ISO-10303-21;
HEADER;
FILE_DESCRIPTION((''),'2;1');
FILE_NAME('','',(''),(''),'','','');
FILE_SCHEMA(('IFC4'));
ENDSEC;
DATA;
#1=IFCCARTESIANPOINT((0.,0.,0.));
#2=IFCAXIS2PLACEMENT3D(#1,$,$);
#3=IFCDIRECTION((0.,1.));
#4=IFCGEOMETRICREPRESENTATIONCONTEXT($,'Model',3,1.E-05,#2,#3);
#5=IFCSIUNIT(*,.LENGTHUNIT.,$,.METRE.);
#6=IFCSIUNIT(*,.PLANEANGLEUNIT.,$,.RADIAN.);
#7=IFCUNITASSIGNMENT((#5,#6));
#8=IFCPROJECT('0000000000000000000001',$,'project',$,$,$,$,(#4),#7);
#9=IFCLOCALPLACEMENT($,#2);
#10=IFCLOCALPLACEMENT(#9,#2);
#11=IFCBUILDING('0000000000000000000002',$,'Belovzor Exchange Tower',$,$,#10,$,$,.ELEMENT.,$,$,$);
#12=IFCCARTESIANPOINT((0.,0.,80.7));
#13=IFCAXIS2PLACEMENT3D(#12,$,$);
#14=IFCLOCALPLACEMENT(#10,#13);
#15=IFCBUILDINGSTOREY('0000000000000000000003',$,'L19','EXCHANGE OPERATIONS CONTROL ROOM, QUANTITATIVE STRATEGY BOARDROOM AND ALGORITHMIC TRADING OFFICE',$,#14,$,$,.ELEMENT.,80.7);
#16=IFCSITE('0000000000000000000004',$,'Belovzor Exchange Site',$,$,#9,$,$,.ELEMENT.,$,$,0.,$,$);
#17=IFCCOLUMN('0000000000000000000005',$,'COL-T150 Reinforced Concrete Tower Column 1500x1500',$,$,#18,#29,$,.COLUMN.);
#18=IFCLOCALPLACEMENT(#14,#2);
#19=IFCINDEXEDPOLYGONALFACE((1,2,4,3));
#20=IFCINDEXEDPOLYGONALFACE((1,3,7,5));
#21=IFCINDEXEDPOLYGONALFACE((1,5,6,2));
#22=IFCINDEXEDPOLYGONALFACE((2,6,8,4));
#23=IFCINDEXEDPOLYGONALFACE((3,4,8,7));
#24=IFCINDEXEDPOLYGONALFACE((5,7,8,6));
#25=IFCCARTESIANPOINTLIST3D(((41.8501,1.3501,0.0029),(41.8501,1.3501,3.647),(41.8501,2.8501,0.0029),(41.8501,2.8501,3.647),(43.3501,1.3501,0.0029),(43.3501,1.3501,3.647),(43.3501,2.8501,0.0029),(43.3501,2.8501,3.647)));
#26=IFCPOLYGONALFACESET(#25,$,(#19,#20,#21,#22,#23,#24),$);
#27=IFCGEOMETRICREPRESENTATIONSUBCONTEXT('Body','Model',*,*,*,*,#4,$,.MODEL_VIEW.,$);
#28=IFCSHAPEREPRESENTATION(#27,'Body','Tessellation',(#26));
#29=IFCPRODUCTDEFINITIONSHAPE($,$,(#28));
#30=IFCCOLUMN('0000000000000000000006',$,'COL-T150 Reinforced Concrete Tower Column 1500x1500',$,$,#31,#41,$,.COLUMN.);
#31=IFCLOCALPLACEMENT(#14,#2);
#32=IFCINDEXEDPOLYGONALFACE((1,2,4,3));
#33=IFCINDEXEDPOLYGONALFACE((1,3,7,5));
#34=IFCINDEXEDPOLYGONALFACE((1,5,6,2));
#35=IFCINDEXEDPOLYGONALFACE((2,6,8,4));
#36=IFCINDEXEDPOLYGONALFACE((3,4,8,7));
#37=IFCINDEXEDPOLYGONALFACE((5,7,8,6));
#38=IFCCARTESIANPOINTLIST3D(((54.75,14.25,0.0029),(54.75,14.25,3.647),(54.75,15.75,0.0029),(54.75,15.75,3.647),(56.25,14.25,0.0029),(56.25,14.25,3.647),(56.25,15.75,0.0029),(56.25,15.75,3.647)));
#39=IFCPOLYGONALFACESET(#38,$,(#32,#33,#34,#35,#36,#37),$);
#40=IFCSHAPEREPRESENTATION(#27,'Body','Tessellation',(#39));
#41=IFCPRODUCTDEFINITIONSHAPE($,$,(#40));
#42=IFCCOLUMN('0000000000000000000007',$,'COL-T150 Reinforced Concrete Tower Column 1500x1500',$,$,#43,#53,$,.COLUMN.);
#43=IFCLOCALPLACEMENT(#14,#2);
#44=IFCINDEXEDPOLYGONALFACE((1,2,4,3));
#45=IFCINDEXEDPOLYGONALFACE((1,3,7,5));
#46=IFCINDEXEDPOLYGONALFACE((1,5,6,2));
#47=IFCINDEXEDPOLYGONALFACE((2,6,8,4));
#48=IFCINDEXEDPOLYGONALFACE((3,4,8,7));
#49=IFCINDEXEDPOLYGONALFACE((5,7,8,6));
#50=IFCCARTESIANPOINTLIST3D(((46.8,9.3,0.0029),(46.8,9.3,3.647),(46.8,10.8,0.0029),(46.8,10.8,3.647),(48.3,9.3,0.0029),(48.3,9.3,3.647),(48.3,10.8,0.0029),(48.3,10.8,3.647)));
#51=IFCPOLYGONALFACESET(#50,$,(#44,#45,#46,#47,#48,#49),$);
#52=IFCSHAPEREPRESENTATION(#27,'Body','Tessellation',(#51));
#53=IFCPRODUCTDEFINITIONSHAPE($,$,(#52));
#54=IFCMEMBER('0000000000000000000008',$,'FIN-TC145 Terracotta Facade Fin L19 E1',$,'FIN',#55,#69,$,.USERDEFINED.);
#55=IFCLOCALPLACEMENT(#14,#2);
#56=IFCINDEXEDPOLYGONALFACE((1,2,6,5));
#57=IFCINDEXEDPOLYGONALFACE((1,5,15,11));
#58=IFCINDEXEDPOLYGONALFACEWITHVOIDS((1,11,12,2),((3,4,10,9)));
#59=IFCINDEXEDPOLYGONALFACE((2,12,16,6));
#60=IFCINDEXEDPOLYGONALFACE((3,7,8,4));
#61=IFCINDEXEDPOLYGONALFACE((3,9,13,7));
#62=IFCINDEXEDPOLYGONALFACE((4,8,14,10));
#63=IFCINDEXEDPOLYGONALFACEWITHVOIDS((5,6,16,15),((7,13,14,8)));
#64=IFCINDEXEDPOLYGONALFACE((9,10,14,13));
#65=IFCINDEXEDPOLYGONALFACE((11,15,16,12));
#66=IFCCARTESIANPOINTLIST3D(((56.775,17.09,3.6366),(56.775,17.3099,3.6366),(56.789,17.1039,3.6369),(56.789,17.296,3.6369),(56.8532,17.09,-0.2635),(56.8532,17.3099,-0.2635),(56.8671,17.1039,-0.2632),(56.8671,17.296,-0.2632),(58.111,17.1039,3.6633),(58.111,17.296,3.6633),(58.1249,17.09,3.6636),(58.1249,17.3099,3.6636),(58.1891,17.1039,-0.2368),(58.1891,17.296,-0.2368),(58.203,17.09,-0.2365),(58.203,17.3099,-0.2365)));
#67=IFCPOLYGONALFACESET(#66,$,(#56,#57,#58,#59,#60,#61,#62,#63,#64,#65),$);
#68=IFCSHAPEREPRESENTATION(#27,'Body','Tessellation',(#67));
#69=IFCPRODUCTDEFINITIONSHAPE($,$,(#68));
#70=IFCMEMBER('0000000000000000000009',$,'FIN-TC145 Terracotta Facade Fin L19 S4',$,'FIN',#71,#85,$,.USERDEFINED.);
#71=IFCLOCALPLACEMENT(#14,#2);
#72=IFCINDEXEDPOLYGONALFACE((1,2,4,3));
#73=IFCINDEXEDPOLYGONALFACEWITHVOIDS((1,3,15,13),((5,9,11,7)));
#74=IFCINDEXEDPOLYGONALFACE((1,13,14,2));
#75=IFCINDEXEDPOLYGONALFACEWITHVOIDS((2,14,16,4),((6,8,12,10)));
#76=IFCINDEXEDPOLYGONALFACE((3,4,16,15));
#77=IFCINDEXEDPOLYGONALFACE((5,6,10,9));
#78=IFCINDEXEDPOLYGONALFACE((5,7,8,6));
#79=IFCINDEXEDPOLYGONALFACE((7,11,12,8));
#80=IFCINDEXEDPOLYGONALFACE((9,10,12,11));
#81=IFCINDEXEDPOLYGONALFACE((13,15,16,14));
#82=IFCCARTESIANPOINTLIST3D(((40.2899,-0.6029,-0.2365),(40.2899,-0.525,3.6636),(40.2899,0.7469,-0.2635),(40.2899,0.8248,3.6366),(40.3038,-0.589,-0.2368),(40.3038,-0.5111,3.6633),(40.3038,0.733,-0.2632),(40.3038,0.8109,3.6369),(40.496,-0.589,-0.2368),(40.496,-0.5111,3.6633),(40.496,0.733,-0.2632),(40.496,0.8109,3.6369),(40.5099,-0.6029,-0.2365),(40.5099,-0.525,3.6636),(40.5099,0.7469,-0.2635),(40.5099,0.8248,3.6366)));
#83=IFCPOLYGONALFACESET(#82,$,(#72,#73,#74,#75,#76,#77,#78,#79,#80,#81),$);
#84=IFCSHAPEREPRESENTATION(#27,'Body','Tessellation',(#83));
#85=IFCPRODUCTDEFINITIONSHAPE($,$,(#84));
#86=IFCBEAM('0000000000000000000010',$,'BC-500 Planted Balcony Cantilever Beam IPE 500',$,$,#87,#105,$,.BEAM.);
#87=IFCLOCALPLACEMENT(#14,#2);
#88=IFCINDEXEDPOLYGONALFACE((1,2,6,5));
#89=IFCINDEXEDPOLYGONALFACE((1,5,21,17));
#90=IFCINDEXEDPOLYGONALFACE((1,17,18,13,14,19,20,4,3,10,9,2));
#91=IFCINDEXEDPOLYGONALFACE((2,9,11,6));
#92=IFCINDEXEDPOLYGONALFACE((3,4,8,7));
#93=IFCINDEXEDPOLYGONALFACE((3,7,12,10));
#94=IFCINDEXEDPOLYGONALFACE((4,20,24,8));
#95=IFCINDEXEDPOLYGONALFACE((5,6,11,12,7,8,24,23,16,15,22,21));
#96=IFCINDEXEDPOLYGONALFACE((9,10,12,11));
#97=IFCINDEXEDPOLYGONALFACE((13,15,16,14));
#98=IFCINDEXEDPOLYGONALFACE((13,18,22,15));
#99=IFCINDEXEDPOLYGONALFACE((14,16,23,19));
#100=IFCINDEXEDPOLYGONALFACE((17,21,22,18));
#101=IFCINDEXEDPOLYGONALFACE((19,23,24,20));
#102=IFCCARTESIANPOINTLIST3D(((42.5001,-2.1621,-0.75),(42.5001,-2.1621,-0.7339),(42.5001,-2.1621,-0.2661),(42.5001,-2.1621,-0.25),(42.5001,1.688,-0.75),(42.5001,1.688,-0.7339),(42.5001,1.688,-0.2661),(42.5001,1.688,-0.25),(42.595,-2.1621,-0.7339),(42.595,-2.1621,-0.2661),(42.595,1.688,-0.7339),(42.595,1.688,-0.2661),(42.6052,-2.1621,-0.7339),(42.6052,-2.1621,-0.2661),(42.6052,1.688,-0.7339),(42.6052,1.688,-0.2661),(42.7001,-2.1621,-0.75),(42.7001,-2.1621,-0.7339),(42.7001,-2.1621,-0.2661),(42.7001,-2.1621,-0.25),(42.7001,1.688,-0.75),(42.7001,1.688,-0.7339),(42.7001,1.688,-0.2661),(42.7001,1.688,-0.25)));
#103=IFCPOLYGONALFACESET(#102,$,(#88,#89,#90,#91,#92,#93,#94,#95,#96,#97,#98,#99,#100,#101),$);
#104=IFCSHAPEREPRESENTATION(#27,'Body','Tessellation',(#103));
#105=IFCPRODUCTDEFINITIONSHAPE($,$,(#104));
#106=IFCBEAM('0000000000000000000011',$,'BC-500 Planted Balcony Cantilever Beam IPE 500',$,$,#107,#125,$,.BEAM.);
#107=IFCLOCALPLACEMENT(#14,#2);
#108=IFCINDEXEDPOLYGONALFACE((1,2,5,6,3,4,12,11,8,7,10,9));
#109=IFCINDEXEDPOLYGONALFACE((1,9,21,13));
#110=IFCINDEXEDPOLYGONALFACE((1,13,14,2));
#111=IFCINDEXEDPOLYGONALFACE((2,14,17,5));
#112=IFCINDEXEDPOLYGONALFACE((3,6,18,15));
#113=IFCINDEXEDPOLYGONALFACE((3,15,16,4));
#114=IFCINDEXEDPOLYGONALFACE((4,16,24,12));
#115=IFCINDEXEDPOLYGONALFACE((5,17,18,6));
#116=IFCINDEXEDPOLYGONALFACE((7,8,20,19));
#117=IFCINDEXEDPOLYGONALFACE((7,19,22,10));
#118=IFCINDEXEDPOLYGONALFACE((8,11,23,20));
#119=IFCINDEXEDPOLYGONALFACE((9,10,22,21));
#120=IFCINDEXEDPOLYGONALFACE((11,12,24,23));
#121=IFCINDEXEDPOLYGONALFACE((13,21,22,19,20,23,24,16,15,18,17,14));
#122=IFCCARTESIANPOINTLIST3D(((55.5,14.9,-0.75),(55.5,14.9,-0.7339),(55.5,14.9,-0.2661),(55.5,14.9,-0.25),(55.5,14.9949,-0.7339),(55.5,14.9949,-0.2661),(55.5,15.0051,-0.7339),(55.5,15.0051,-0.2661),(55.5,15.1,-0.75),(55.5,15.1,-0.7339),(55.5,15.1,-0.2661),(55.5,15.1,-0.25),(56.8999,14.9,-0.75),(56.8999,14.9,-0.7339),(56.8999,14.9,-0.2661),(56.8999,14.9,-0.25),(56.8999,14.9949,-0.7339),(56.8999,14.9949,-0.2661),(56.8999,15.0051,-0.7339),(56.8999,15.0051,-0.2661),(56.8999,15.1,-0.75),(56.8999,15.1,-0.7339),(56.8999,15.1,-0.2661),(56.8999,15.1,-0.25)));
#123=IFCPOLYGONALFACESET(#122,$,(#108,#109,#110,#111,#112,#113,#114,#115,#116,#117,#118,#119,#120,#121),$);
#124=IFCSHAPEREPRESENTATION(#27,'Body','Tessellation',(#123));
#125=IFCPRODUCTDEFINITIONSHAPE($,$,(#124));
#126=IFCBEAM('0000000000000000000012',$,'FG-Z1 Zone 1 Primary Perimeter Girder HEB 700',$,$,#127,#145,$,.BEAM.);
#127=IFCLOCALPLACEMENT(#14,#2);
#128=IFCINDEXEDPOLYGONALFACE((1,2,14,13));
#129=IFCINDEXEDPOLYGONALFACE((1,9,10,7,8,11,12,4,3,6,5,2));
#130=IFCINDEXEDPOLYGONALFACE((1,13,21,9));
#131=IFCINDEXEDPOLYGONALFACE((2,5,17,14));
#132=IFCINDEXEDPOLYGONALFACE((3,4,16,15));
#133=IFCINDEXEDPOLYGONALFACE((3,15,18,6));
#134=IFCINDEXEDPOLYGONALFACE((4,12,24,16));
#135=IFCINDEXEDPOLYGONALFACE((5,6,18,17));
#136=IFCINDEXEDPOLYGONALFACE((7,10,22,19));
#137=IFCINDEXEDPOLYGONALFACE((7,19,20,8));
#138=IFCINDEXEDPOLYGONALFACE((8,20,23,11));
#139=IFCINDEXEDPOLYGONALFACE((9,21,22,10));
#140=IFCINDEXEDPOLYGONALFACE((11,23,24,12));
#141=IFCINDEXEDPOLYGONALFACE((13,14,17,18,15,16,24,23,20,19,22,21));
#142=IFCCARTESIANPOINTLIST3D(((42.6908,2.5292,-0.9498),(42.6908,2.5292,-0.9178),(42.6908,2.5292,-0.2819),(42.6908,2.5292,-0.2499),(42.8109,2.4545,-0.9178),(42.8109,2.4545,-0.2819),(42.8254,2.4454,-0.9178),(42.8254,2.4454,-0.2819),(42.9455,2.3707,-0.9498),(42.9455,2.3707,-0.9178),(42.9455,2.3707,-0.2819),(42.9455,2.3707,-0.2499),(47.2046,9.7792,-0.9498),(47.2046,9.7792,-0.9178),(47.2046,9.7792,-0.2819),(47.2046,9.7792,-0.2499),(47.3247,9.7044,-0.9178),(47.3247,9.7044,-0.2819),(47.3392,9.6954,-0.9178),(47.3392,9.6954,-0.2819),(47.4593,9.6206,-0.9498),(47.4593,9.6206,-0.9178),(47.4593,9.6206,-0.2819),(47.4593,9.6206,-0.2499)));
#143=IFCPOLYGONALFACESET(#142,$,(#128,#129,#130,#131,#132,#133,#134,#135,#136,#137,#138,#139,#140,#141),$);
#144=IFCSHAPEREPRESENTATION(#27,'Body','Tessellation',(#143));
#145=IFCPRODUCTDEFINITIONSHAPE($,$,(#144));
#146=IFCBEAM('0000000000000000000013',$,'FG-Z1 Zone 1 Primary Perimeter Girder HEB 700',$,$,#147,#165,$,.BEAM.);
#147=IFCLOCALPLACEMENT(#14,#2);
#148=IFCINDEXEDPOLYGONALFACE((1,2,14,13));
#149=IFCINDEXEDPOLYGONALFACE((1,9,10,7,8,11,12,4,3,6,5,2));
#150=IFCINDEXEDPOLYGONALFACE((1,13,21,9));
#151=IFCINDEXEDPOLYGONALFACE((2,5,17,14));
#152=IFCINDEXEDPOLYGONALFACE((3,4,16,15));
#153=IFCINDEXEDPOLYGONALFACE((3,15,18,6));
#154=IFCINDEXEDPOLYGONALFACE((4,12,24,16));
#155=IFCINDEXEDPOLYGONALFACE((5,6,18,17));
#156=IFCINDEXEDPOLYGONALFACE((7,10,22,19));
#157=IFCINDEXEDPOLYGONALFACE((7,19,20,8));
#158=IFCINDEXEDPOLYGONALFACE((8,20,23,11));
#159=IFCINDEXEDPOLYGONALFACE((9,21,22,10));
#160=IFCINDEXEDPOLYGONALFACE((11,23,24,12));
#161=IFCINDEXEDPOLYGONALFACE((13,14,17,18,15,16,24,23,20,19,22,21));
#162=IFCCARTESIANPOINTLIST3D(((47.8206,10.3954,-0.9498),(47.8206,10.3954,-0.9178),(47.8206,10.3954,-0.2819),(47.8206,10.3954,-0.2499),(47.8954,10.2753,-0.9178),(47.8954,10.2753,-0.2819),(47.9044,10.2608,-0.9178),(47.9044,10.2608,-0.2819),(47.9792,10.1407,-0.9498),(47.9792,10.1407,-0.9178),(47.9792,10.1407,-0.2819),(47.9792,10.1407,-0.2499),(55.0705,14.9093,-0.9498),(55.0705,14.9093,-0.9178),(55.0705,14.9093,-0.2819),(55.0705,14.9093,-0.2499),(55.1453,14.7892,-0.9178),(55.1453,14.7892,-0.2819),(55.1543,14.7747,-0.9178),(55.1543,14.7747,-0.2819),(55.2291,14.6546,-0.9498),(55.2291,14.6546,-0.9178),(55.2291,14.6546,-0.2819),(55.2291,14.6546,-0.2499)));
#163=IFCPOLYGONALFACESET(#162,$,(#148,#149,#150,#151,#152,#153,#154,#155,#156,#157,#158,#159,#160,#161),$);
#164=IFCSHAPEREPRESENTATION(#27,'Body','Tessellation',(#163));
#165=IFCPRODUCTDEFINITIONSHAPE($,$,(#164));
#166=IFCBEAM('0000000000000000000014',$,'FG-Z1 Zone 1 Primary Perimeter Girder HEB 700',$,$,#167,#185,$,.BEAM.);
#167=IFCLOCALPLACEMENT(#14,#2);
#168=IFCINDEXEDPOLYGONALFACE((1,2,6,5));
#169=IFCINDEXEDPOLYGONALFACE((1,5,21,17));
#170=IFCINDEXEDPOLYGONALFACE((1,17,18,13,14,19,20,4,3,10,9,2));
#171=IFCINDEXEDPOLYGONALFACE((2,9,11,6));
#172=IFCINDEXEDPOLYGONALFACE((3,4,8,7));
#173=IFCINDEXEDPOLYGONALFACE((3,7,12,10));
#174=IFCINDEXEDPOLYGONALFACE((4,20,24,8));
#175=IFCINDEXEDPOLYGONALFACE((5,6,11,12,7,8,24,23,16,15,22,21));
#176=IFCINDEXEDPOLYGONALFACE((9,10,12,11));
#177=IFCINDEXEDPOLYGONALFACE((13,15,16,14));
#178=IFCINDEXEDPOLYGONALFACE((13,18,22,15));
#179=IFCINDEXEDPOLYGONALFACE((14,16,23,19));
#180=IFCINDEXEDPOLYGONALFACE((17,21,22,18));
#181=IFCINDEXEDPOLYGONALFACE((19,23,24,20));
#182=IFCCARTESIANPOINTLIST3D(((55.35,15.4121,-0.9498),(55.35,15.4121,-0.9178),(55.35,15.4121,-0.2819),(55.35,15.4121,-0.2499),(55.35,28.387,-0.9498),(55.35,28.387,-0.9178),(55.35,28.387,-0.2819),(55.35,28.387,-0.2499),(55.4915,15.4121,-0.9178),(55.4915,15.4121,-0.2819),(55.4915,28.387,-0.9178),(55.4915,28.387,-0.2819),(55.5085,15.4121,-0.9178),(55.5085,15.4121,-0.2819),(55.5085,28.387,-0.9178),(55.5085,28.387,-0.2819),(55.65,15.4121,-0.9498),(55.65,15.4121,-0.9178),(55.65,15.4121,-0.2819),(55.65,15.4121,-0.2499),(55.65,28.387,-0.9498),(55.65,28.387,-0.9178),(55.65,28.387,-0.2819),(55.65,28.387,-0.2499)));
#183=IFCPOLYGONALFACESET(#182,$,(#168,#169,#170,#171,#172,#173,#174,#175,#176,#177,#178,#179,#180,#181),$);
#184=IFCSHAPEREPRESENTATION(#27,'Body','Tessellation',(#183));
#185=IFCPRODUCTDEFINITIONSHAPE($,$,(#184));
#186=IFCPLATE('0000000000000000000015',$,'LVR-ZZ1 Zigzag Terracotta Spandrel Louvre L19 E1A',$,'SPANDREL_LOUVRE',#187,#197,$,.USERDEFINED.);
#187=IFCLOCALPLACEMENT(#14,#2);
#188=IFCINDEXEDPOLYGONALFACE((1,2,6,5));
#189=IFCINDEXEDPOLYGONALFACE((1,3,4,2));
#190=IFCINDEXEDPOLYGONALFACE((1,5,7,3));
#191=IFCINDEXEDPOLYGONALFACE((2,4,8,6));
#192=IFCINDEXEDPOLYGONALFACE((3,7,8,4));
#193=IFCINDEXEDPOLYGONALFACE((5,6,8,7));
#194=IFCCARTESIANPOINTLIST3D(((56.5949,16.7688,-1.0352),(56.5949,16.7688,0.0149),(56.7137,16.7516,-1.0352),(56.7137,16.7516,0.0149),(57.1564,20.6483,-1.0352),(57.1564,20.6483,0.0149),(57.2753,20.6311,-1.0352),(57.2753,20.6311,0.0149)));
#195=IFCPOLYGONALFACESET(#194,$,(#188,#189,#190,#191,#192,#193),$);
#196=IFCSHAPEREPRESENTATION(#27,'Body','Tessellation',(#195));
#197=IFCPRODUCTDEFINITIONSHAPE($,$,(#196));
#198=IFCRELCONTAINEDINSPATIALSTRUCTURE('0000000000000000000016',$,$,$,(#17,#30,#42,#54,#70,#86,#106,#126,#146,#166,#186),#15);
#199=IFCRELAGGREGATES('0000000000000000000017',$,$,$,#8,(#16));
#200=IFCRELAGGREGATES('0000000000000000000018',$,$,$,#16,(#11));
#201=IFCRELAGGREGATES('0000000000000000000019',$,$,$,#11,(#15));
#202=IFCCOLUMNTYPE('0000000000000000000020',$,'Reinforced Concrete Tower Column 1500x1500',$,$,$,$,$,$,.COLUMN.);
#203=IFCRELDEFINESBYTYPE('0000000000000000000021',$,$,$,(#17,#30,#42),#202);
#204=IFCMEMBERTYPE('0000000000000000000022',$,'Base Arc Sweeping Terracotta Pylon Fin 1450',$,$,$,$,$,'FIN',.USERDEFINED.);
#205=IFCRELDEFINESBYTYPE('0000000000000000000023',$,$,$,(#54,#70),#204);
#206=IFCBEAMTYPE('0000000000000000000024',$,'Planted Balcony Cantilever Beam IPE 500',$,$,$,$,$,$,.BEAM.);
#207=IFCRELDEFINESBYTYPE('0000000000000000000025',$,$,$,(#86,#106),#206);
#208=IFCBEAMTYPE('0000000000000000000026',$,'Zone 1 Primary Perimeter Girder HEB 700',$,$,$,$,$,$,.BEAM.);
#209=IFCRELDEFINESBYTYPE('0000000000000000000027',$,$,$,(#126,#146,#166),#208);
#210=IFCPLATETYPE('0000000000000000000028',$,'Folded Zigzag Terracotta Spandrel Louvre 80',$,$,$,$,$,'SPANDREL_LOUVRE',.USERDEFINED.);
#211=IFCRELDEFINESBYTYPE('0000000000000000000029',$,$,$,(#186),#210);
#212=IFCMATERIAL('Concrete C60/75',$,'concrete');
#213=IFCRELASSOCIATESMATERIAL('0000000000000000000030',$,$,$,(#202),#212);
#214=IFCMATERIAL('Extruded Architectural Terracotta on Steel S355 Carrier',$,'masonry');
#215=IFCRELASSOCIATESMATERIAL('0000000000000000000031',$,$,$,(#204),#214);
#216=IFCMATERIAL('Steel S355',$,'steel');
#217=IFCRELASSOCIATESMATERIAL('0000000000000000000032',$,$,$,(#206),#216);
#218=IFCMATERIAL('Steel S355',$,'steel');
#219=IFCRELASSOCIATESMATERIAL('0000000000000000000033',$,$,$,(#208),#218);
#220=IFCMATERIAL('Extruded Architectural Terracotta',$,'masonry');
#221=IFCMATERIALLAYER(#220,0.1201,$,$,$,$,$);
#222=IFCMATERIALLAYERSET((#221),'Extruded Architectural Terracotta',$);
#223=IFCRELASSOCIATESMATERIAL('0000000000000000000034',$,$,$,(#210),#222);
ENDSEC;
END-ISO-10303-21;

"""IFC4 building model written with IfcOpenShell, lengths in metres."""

from ifc_helpers import new_model, si_unit, direction, frame, origin, origin_2d, place, context, subcontext, project, spatial, rectangle, hollow_rectangle, i_section, extrude, material, layer, layer_set, material_profile, profile_set, type_object, element, save


model = new_model("IFC4")

# Units and contexts
model_context = context("Model", 3, precision=1e-05, world=origin(), true_north=direction((0.0, 1.0)))
body_context = subcontext(model_context, "Body", "Model", "MODEL_VIEW")
ifc_project = project(units=[si_unit("LENGTHUNIT", "METRE"), si_unit("PLANEANGLEUNIT", "RADIAN")], contexts=[model_context])

# Site, building, storey
site_placement = place(None, origin())
site = spatial("IfcSite", under=ifc_project, at=site_placement, Name="Belovzor Exchange Site", CompositionType="ELEMENT", RefElevation=0.0)
building_placement = place(site_placement, origin())
building = spatial("IfcBuilding", under=site, at=building_placement, Name="Belovzor Exchange Tower", CompositionType="ELEMENT")
storey_placement = place(building_placement, frame((0.0, 0.0, 80.7)))
storey = spatial("IfcBuildingStorey", under=building, at=storey_placement, Name="L19", Description="EXCHANGE OPERATIONS CONTROL ROOM, QUANTITATIVE STRATEGY BOARDROOM AND ALGORITHMIC TRADING OFFICE", CompositionType="ELEMENT", Elevation=80.7)

# Columns
ifc_material_1 = material(Name="Concrete C60/75", Category="concrete")
ifc_material_profile_1 = material_profile(ifc_material_1, rectangle(XDim=1.5, YDim=1.5, at=origin_2d()))
ifc_profile_set_1 = profile_set([ifc_material_profile_1], Name="Concrete C60/75")
column_type = type_object("IfcColumnType", Name="Reinforced Concrete Tower Column 1500x1500", PredefinedType="COLUMN", material=ifc_profile_set_1)
for number, where, z_axis, x_axis, name in (
    (1, (42.6001, 2.1001, 0.0029), (0.0, 0.0, 1.0), (1.0, 0.0, 0.0), "COL-T150 Reinforced Concrete Tower Column 1500x1500"),
    (2, (55.5, 15.0, 0.0029), (0.0, 0.0, 1.0), (1.0, 0.0, 0.0), "COL-T150 Reinforced Concrete Tower Column 1500x1500"),
    (3, (47.55, 10.05, 0.0029), (0.0, 0.0, 1.0), (1.0, 0.0, 0.0), "COL-T150 Reinforced Concrete Tower Column 1500x1500"),
):
    element("IfcColumn", number, at=place(storey_placement, frame(where, z_axis=z_axis, x_axis=x_axis)), inside=storey, type_object=column_type, Name=name, PredefinedType="COLUMN", context=body_context, shape_type="SweptSolid", body=[
        extrude(rectangle(XDim=1.5, YDim=1.5, at=origin_2d()), origin(), (0.0, 0.0, 1.0), 3.644),
    ])

# Members
ifc_material_2 = material(Name="Extruded Architectural Terracotta on Steel S355 Carrier", Category="masonry")
ifc_material_profile_2 = material_profile(ifc_material_2, hollow_rectangle(XDim=0.22, YDim=1.3501, WallThickness=0.0139, at=origin_2d()))
ifc_profile_set_2 = profile_set([ifc_material_profile_2], Name="Extruded Architectural Terracotta on Steel S355 Carrier")
member_type = type_object("IfcMemberType", Name="Base Arc Sweeping Terracotta Pylon Fin 1450", ElementType="FIN", PredefinedType="USERDEFINED", material=ifc_profile_set_2)
for number, where, z_axis, x_axis, name in (
    (4, (57.5281, 17.2, -0.25), (-0.020027, 0.0, 0.999799), (0.0, -1.0, 0.0), "FIN-TC145 Terracotta Facade Fin L19 E1"),
    (5, (40.3999, 0.072, -0.25), (0.0, 0.019965, 0.999801), (-1.0, 0.0, 0.0), "FIN-TC145 Terracotta Facade Fin L19 S4"),
):
    element("IfcMember", number, at=place(storey_placement, frame(where, z_axis=z_axis, x_axis=x_axis)), inside=storey, type_object=member_type, Name=name, ObjectType="FIN", PredefinedType="USERDEFINED", context=body_context, shape_type="SweptSolid", body=[
        extrude(hollow_rectangle(XDim=0.22, YDim=1.3501, WallThickness=0.0139, at=origin_2d()), origin(), (0.0, 0.0, 1.0), 3.9009),
    ])

# Beams
ifc_material_3 = material(Name="Steel S355", Category="steel")
ifc_material_profile_3 = material_profile(ifc_material_3, i_section(OverallWidth=0.2, OverallDepth=0.5, WebThickness=0.0103, FlangeThickness=0.0161, at=origin_2d()))
ifc_profile_set_3 = profile_set([ifc_material_profile_3], Name="Steel S355")
beam_type_1 = type_object("IfcBeamType", Name="Planted Balcony Cantilever Beam IPE 500", PredefinedType="BEAM", material=ifc_profile_set_3)
beam_1_placement = place(storey_placement, frame((42.6001, 1.688, -0.5), z_axis=(0.0, -1.0, 0.0), x_axis=(1.0, 0.0, 0.0)))
element("IfcBeam", 6, at=beam_1_placement, inside=storey, type_object=beam_type_1, Name="BC-500 Planted Balcony Cantilever Beam IPE 500", PredefinedType="BEAM", context=body_context, shape_type="SweptSolid", body=[
    extrude(i_section(OverallWidth=0.2, OverallDepth=0.5, WebThickness=0.0103, FlangeThickness=0.0161, at=origin_2d()), origin(), (0.0, 0.0, 1.0), 3.8501),
])
beam_2_placement = place(storey_placement, frame((55.5, 15.0, -0.5), z_axis=(1.0, 0.0, 0.0), x_axis=(0.0, 1.0, 0.0)))
element("IfcBeam", 7, at=beam_2_placement, inside=storey, type_object=beam_type_1, Name="BC-500 Planted Balcony Cantilever Beam IPE 500", PredefinedType="BEAM", context=body_context, shape_type="SweptSolid", body=[
    extrude(i_section(OverallWidth=0.2, OverallDepth=0.5, WebThickness=0.0103, FlangeThickness=0.0161, at=origin_2d()), origin(), (0.0, 0.0, 1.0), 1.3999),
])
ifc_material_4 = material(Name="Steel S355", Category="steel")
ifc_material_profile_4 = material_profile(ifc_material_4, i_section(OverallWidth=0.3, OverallDepth=0.7, WebThickness=0.0171, FlangeThickness=0.032, at=origin_2d()))
ifc_profile_set_4 = profile_set([ifc_material_profile_4], Name="Steel S355")
beam_type_2 = type_object("IfcBeamType", Name="Zone 1 Primary Perimeter Girder HEB 700", PredefinedType="BEAM", material=ifc_profile_set_4)
for number, where, z_axis, x_axis, name in (
    (8, (42.8181, 2.45, -0.5999), (0.528539, 0.848909, 0.0), (-0.848909, 0.528539, 0.0), "FG-Z1 Zone 1 Primary Perimeter Girder HEB 700"),
    (9, (47.8999, 10.2681, -0.5999), (0.848909, 0.528539, 0.0), (-0.528539, 0.848909, 0.0), "FG-Z1 Zone 1 Primary Perimeter Girder HEB 700"),
):
    element("IfcBeam", number, at=place(storey_placement, frame(where, z_axis=z_axis, x_axis=x_axis)), inside=storey, type_object=beam_type_2, Name=name, PredefinedType="BEAM", context=body_context, shape_type="SweptSolid", body=[
        extrude(i_section(OverallWidth=0.3, OverallDepth=0.7, WebThickness=0.0171, FlangeThickness=0.032, at=origin_2d()), origin(), (0.0, 0.0, 1.0), 8.5403),
    ])
beam_3_placement = place(storey_placement, frame((55.5, 15.4121, -0.5999), z_axis=(0.0, 1.0, 0.0), x_axis=(-1.0, 0.0, 0.0)))
element("IfcBeam", 10, at=beam_3_placement, inside=storey, type_object=beam_type_2, Name="FG-Z1 Zone 1 Primary Perimeter Girder HEB 700", PredefinedType="BEAM", context=body_context, shape_type="SweptSolid", body=[
    extrude(i_section(OverallWidth=0.3, OverallDepth=0.7, WebThickness=0.0171, FlangeThickness=0.032, at=origin_2d()), origin(), (0.0, 0.0, 1.0), 12.9749),
])

# Plate
ifc_material_5 = material(Name="Extruded Architectural Terracotta", Category="masonry")
ifc_layer_1 = layer(ifc_material_5, 0.1201)
ifc_layer_set_1 = layer_set([ifc_layer_1], Name="Extruded Architectural Terracotta")
plate_type = type_object("IfcPlateType", Name="Folded Zigzag Terracotta Spandrel Louvre 80", ElementType="SPANDREL_LOUVRE", PredefinedType="USERDEFINED", material=ifc_layer_set_1)
plate_placement = place(storey_placement, frame((56.9351, 18.7, -1.0352), z_axis=(0.0, 0.0, 1.0), x_axis=(0.143251, 0.989686, 0.0)))
element("IfcPlate", 11, at=plate_placement, inside=storey, type_object=plate_type, Name="LVR-ZZ1 Zigzag Terracotta Spandrel Louvre L19 E1A", ObjectType="SPANDREL_LOUVRE", PredefinedType="USERDEFINED", context=body_context, shape_type="SweptSolid", body=[
    extrude(rectangle(XDim=3.9199, YDim=0.1201, at=origin_2d()), origin(), (0.0, 0.0, 1.0), 1.05),
])

save(model, "model.ifc")
